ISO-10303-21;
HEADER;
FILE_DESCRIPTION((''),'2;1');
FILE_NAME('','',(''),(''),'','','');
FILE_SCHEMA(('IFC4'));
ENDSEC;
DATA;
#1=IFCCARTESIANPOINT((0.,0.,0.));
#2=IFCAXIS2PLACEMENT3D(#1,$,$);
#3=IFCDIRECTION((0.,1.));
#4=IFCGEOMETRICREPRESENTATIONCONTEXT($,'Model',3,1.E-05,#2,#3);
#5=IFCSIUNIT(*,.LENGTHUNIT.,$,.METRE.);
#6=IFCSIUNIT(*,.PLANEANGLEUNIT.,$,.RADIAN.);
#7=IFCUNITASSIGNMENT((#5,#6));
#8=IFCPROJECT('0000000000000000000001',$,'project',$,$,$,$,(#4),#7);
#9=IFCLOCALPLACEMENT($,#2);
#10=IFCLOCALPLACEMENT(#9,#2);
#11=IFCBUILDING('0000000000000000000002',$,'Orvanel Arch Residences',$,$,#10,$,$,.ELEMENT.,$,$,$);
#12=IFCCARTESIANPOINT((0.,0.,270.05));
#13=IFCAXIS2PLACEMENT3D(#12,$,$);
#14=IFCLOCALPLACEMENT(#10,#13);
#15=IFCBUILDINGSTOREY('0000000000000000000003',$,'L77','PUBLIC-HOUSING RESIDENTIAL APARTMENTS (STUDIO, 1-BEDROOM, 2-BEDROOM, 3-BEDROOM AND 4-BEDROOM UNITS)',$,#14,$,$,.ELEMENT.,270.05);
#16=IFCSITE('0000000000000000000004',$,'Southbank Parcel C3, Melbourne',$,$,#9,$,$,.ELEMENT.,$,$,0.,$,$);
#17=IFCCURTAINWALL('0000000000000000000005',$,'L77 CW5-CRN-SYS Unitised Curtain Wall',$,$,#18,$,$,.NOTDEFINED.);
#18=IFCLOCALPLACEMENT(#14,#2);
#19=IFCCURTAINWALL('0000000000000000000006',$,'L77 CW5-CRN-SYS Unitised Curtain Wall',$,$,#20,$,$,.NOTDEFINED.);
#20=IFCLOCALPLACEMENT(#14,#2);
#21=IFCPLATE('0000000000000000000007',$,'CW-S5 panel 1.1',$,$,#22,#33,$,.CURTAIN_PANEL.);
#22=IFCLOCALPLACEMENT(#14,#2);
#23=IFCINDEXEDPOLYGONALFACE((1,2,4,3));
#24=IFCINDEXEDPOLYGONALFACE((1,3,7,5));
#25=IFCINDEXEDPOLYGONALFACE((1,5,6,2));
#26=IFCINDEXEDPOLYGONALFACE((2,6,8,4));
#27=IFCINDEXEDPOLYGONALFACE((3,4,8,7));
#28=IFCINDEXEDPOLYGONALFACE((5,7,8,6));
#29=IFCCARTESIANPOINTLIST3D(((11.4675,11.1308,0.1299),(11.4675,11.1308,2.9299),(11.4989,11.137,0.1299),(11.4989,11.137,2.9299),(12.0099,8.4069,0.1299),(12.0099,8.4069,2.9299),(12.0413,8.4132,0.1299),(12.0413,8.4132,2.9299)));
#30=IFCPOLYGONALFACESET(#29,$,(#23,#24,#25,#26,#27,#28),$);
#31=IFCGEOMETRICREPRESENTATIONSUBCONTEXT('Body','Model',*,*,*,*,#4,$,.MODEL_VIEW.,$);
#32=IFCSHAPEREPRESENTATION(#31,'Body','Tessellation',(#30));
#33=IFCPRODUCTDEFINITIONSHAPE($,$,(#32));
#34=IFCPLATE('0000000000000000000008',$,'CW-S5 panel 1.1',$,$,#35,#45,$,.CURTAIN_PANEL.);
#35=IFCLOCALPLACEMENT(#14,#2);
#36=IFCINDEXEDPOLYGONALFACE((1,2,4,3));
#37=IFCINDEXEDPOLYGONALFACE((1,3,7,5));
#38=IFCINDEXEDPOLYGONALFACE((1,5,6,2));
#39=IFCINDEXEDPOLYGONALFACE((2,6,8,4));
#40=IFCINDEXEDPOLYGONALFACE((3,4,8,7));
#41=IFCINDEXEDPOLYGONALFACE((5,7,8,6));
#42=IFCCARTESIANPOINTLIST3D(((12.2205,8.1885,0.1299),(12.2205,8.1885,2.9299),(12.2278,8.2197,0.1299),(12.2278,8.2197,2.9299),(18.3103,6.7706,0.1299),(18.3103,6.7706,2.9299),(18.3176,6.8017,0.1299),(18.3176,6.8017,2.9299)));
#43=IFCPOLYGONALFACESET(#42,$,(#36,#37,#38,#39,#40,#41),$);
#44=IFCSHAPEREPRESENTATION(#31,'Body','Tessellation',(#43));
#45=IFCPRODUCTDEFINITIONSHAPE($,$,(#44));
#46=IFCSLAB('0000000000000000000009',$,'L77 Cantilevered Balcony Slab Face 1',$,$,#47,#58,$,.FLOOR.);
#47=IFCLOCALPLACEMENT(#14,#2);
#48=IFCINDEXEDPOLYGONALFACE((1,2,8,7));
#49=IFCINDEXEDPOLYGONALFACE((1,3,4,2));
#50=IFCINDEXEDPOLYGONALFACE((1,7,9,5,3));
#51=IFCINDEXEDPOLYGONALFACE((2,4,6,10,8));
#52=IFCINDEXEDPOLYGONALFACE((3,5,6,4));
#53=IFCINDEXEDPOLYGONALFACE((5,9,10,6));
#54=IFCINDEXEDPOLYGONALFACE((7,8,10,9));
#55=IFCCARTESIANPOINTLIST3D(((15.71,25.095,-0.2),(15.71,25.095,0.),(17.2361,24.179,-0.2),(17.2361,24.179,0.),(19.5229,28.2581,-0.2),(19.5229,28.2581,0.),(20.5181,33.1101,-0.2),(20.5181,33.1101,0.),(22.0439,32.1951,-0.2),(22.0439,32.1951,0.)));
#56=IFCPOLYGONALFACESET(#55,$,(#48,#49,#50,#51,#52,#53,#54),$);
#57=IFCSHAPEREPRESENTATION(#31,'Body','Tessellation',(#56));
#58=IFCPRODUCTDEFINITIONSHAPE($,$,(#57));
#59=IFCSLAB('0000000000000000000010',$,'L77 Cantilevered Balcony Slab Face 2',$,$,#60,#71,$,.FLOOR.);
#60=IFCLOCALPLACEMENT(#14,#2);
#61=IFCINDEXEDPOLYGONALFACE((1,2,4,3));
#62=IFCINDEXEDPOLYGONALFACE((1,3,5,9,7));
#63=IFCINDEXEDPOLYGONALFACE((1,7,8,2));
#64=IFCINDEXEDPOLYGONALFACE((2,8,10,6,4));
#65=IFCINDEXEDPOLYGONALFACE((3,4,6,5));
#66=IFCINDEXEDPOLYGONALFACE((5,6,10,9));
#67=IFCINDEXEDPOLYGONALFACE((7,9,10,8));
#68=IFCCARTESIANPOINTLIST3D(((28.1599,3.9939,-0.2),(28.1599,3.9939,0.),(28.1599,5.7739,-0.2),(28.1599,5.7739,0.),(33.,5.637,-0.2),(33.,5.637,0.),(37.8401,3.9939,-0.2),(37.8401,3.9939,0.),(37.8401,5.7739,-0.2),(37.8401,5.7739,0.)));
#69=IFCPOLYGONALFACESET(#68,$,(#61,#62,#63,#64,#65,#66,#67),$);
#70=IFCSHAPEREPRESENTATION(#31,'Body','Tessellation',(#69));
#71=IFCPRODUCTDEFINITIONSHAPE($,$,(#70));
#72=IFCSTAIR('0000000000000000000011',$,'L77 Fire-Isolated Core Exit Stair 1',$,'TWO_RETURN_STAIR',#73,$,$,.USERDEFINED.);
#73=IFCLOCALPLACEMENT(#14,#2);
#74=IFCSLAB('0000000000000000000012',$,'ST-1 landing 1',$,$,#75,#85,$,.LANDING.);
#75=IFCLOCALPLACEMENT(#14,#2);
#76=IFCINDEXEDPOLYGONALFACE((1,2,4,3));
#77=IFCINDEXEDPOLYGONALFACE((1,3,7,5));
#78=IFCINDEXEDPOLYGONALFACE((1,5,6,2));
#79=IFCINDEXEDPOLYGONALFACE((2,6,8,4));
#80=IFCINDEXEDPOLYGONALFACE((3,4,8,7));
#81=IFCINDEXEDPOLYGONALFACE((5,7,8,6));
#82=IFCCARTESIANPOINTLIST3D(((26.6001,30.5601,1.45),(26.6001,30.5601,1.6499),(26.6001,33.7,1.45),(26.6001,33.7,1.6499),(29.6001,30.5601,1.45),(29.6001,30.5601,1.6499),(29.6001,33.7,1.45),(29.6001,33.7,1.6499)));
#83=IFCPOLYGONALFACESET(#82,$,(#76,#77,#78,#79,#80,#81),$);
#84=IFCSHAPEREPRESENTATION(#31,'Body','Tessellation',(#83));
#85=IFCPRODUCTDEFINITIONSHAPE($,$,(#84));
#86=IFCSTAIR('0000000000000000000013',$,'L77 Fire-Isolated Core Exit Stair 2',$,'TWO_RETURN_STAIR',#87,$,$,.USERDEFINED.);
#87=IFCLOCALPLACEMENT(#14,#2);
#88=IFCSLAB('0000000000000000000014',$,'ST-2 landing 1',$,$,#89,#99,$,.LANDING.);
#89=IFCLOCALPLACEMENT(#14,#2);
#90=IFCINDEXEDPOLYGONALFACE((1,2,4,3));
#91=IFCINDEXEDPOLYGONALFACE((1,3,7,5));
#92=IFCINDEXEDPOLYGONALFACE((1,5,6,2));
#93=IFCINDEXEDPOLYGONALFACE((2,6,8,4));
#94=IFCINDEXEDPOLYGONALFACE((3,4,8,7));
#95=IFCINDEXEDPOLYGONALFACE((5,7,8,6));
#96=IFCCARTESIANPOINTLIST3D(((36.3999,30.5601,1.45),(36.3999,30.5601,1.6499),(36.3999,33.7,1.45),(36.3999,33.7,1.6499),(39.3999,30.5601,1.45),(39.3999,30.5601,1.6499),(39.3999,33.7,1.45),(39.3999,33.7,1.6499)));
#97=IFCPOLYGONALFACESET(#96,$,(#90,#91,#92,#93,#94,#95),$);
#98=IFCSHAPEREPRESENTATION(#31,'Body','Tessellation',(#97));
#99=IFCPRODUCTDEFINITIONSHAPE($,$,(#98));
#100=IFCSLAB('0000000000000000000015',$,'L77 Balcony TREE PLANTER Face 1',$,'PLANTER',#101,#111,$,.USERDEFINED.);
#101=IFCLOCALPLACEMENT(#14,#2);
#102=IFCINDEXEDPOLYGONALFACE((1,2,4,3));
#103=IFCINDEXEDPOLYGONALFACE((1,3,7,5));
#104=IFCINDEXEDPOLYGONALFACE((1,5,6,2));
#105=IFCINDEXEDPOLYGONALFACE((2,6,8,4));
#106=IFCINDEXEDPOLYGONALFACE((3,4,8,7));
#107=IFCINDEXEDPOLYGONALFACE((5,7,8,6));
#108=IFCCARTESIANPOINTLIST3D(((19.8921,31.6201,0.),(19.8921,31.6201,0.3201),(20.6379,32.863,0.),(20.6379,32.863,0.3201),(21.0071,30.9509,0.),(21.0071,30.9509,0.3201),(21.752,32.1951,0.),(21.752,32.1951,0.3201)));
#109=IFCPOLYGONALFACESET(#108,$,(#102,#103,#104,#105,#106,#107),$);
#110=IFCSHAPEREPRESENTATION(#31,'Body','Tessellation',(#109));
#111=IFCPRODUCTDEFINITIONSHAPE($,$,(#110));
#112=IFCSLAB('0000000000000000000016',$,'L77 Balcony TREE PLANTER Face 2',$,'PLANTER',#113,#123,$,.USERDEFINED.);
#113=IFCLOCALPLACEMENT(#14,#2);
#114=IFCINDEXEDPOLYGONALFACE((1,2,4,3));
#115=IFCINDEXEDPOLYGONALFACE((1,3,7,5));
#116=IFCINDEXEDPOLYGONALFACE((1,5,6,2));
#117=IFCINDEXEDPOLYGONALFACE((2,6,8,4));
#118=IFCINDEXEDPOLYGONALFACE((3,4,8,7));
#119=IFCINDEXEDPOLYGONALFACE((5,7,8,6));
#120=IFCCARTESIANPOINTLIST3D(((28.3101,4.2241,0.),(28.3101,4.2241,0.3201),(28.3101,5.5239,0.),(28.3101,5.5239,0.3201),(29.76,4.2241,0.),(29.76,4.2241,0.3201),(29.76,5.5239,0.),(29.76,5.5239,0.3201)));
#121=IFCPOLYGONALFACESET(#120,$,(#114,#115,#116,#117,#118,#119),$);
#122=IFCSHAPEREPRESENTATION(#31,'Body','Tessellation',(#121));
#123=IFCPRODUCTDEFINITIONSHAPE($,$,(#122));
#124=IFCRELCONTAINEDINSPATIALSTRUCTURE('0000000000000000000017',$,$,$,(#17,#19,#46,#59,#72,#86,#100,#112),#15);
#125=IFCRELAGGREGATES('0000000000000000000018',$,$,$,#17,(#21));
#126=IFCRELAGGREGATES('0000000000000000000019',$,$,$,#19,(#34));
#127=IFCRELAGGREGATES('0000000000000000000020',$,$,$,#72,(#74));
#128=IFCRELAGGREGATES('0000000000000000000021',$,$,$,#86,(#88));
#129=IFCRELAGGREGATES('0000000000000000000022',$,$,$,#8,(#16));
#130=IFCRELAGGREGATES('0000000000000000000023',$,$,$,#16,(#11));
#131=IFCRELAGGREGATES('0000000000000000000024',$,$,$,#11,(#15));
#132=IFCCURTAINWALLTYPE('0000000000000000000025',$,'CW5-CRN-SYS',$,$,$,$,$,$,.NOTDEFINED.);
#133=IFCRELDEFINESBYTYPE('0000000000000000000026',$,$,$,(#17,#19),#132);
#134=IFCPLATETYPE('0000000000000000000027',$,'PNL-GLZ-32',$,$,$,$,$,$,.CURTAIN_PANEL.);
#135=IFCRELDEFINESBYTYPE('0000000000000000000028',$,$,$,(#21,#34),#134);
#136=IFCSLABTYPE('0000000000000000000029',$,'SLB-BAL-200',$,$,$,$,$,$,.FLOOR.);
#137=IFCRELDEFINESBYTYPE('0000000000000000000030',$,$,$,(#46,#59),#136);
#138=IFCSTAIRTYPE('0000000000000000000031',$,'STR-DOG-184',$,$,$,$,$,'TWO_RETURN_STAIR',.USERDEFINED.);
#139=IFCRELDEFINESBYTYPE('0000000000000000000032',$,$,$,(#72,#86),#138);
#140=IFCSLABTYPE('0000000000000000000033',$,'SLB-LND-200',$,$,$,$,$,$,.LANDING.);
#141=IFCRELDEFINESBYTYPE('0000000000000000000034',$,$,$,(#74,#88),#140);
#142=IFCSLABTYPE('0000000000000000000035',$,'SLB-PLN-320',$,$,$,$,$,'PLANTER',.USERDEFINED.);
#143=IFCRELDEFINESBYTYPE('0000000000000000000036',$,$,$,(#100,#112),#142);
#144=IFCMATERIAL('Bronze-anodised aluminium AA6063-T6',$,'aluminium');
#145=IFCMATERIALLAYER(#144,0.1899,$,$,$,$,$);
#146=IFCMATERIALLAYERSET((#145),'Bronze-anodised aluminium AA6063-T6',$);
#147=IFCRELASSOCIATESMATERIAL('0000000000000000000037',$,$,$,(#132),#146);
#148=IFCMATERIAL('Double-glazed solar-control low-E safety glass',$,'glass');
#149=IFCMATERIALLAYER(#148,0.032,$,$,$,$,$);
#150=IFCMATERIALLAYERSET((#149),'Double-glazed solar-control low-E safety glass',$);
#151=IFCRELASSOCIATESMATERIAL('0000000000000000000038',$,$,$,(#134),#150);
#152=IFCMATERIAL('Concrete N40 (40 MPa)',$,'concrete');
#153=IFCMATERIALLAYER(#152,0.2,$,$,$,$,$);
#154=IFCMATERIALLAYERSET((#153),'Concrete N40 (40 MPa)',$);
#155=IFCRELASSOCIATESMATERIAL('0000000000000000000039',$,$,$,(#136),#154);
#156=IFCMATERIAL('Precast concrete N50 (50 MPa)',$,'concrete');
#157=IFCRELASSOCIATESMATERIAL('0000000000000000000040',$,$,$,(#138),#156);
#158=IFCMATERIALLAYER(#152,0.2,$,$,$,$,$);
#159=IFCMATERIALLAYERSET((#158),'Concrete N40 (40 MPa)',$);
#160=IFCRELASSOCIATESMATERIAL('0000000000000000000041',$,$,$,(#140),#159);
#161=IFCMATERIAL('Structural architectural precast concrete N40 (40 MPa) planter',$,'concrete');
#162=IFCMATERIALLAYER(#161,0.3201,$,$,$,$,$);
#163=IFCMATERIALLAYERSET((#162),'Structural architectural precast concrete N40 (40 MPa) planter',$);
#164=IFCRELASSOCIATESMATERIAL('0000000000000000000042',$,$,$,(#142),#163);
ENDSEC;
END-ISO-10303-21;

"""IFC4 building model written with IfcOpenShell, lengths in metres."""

from ifc_helpers import new_model, si_unit, direction, frame, origin, origin_2d, place, context, subcontext, project, spatial, polyline, rectangle, outline, extrude, material, layer, layer_set, type_object, element, aggregate, save


model = new_model("IFC4")

# Units and contexts
model_context = context("Model", 3, precision=1e-05, world=origin(), true_north=direction((0.0, 1.0)))
body_context = subcontext(model_context, "Body", "Model", "MODEL_VIEW")
ifc_project = project(units=[si_unit("LENGTHUNIT", "METRE"), si_unit("PLANEANGLEUNIT", "RADIAN")], contexts=[model_context])

# Site, building, storey
site_placement = place(None, origin())
site = spatial("IfcSite", under=ifc_project, at=site_placement, Name="Southbank Parcel C3, Melbourne", CompositionType="ELEMENT", RefElevation=0.0)
building_placement = place(site_placement, origin())
building = spatial("IfcBuilding", under=site, at=building_placement, Name="Orvanel Arch Residences", CompositionType="ELEMENT")
storey_placement = place(building_placement, frame((0.0, 0.0, 270.05)))
storey = spatial("IfcBuildingStorey", under=building, at=storey_placement, Name="L77", Description="PUBLIC-HOUSING RESIDENTIAL APARTMENTS (STUDIO, 1-BEDROOM, 2-BEDROOM, 3-BEDROOM AND 4-BEDROOM UNITS)", CompositionType="ELEMENT", Elevation=270.05)

# Curtain walls
ifc_material_1 = material(Name="Bronze-anodised aluminium AA6063-T6", Category="aluminium")
ifc_layer_1 = layer(ifc_material_1, 0.1899)
ifc_layer_set_1 = layer_set([ifc_layer_1], Name="Bronze-anodised aluminium AA6063-T6")
curtain_wall_type_1 = type_object("IfcCurtainWallType", Name="CW5-CRN-SYS", PredefinedType="NOTDEFINED", material=ifc_layer_set_1)
curtain_wall_1_placement = place(storey_placement, origin())
curtain_wall_1 = element("IfcCurtainWall", 1, at=curtain_wall_1_placement, inside=storey, type_object=curtain_wall_type_1, Name="L77 CW5-CRN-SYS Unitised Curtain Wall", PredefinedType="NOTDEFINED")
curtain_wall_2_placement = place(storey_placement, origin())
curtain_wall_2 = element("IfcCurtainWall", 2, at=curtain_wall_2_placement, inside=storey, type_object=curtain_wall_type_1, Name="L77 CW5-CRN-SYS Unitised Curtain Wall", PredefinedType="NOTDEFINED")

# Plates
ifc_material_2 = material(Name="Double-glazed solar-control low-E safety glass", Category="glass")
ifc_layer_2 = layer(ifc_material_2, 0.032)
ifc_layer_set_2 = layer_set([ifc_layer_2], Name="Double-glazed solar-control low-E safety glass")
plate_type_1 = type_object("IfcPlateType", Name="PNL-GLZ-32", PredefinedType="CURTAIN_PANEL", material=ifc_layer_set_2)
plate_1_placement = place(storey_placement, frame((11.7544, 9.772, 0.1299), z_axis=(0.0, 0.0, 1.0), x_axis=(0.195304, -0.980743, 0.0)))
plate_1 = element("IfcPlate", 3, at=plate_1_placement, type_object=plate_type_1, Name="CW-S5 panel 1.1", PredefinedType="CURTAIN_PANEL", context=body_context, shape_type="SweptSolid", body=[
    extrude(rectangle(XDim=2.7773, YDim=0.032, at=origin_2d()), origin(), (0.0, 0.0, 1.0), 2.8),
])
aggregate(curtain_wall_1, [plate_1])
plate_2_placement = place(storey_placement, frame((15.269, 7.4951, 0.1299), z_axis=(0.0, 0.0, 1.0), x_axis=(0.973947, -0.226776, 0.0)))
plate_2 = element("IfcPlate", 4, at=plate_2_placement, type_object=plate_type_1, Name="CW-S5 panel 1.1", PredefinedType="CURTAIN_PANEL", context=body_context, shape_type="SweptSolid", body=[
    extrude(rectangle(XDim=6.2527, YDim=0.032, at=origin_2d()), origin(), (0.0, 0.0, 1.0), 2.8),
])
aggregate(curtain_wall_2, [plate_2])

# Slabs
ifc_material_3 = material(Name="Concrete N40 (40 MPa)", Category="concrete")
ifc_layer_3 = layer(ifc_material_3, 0.2)
ifc_layer_set_3 = layer_set([ifc_layer_3], Name="Concrete N40 (40 MPa)")
slab_type_1 = type_object("IfcSlabType", Name="SLB-BAL-200", PredefinedType="FLOOR", material=ifc_layer_set_3)
slab_1_placement = place(storey_placement, frame((0.0, 0.0, -0.2)))
element("IfcSlab", 5, at=slab_1_placement, inside=storey, type_object=slab_type_1, Name="L77 Cantilevered Balcony Slab Face 1", PredefinedType="FLOOR", context=body_context, shape_type="SweptSolid", body=[
    extrude(outline(polyline([(20.5181, 33.1101), (15.71, 25.095), (17.2361, 24.179), (19.5229, 28.2581), (22.0439, 32.1951), (20.5181, 33.1101)])), origin(), (0.0, 0.0, 1.0), 0.2),
])
slab_2_placement = place(storey_placement, frame((0.0, 0.0, -0.2)))
element("IfcSlab", 6, at=slab_2_placement, inside=storey, type_object=slab_type_1, Name="L77 Cantilevered Balcony Slab Face 2", PredefinedType="FLOOR", context=body_context, shape_type="SweptSolid", body=[
    extrude(outline(polyline([(28.1599, 3.9939), (37.8401, 3.9939), (37.8401, 5.7739), (33.0, 5.637), (28.1599, 5.7739), (28.1599, 3.9939)])), origin(), (0.0, 0.0, 1.0), 0.2),
])

# Stairs, slabs
ifc_material_4 = material(Name="Precast concrete N50 (50 MPa)", Category="concrete")
stair_type = type_object("IfcStairType", Name="STR-DOG-184", ElementType="TWO_RETURN_STAIR", PredefinedType="USERDEFINED", material=ifc_material_4)
stair_1_placement = place(storey_placement, origin())
stair_1 = element("IfcStair", 7, at=stair_1_placement, inside=storey, type_object=stair_type, Name="L77 Fire-Isolated Core Exit Stair 1", ObjectType="TWO_RETURN_STAIR", PredefinedType="USERDEFINED")
ifc_layer_4 = layer(ifc_material_3, 0.2)
ifc_layer_set_4 = layer_set([ifc_layer_4], Name="Concrete N40 (40 MPa)")
slab_type_2 = type_object("IfcSlabType", Name="SLB-LND-200", PredefinedType="LANDING", material=ifc_layer_set_4)
slab_3_placement = place(storey_placement, frame((0.0, 0.0, 1.45)))
slab_3 = element("IfcSlab", 8, at=slab_3_placement, type_object=slab_type_2, Name="ST-1 landing 1", PredefinedType="LANDING", context=body_context, shape_type="SweptSolid", body=[
    extrude(outline(polyline([(29.6001, 30.5601), (29.6001, 33.7), (26.6001, 33.7), (26.6001, 30.5601), (29.6001, 30.5601)])), origin(), (0.0, 0.0, 1.0), 0.2),
])
aggregate(stair_1, [slab_3])
stair_2_placement = place(storey_placement, origin())
stair_2 = element("IfcStair", 9, at=stair_2_placement, inside=storey, type_object=stair_type, Name="L77 Fire-Isolated Core Exit Stair 2", ObjectType="TWO_RETURN_STAIR", PredefinedType="USERDEFINED")
slab_4_placement = place(storey_placement, frame((0.0, 0.0, 1.45)))
slab_4 = element("IfcSlab", 10, at=slab_4_placement, type_object=slab_type_2, Name="ST-2 landing 1", PredefinedType="LANDING", context=body_context, shape_type="SweptSolid", body=[
    extrude(outline(polyline([(39.3999, 30.5601), (39.3999, 33.7), (36.3999, 33.7), (36.3999, 30.5601), (39.3999, 30.5601)])), origin(), (0.0, 0.0, 1.0), 0.2),
])
aggregate(stair_2, [slab_4])

# Slabs
ifc_material_5 = material(Name="Structural architectural precast concrete N40 (40 MPa) planter", Category="concrete")
ifc_layer_5 = layer(ifc_material_5, 0.3201)
ifc_layer_set_5 = layer_set([ifc_layer_5], Name="Structural architectural precast concrete N40 (40 MPa) planter")
slab_type_3 = type_object("IfcSlabType", Name="SLB-PLN-320", ElementType="PLANTER", PredefinedType="USERDEFINED", material=ifc_layer_set_5)
slab_5_placement = place(storey_placement, origin())
element("IfcSlab", 11, at=slab_5_placement, inside=storey, type_object=slab_type_3, Name="L77 Balcony TREE PLANTER Face 1", ObjectType="PLANTER", PredefinedType="USERDEFINED", context=body_context, shape_type="SweptSolid", body=[
    extrude(outline(polyline([(20.6379, 32.863), (19.8921, 31.6201), (21.0071, 30.9509), (21.752, 32.1951), (20.6379, 32.863)])), origin(), (0.0, 0.0, 1.0), 0.3201),
])
slab_6_placement = place(storey_placement, origin())
element("IfcSlab", 12, at=slab_6_placement, inside=storey, type_object=slab_type_3, Name="L77 Balcony TREE PLANTER Face 2", ObjectType="PLANTER", PredefinedType="USERDEFINED", context=body_context, shape_type="SweptSolid", body=[
    extrude(outline(polyline([(28.3101, 4.2241), (29.76, 4.2241), (29.76, 5.5239), (28.3101, 5.5239), (28.3101, 4.2241)])), origin(), (0.0, 0.0, 1.0), 0.3201),
])

save(model, "model.ifc")
